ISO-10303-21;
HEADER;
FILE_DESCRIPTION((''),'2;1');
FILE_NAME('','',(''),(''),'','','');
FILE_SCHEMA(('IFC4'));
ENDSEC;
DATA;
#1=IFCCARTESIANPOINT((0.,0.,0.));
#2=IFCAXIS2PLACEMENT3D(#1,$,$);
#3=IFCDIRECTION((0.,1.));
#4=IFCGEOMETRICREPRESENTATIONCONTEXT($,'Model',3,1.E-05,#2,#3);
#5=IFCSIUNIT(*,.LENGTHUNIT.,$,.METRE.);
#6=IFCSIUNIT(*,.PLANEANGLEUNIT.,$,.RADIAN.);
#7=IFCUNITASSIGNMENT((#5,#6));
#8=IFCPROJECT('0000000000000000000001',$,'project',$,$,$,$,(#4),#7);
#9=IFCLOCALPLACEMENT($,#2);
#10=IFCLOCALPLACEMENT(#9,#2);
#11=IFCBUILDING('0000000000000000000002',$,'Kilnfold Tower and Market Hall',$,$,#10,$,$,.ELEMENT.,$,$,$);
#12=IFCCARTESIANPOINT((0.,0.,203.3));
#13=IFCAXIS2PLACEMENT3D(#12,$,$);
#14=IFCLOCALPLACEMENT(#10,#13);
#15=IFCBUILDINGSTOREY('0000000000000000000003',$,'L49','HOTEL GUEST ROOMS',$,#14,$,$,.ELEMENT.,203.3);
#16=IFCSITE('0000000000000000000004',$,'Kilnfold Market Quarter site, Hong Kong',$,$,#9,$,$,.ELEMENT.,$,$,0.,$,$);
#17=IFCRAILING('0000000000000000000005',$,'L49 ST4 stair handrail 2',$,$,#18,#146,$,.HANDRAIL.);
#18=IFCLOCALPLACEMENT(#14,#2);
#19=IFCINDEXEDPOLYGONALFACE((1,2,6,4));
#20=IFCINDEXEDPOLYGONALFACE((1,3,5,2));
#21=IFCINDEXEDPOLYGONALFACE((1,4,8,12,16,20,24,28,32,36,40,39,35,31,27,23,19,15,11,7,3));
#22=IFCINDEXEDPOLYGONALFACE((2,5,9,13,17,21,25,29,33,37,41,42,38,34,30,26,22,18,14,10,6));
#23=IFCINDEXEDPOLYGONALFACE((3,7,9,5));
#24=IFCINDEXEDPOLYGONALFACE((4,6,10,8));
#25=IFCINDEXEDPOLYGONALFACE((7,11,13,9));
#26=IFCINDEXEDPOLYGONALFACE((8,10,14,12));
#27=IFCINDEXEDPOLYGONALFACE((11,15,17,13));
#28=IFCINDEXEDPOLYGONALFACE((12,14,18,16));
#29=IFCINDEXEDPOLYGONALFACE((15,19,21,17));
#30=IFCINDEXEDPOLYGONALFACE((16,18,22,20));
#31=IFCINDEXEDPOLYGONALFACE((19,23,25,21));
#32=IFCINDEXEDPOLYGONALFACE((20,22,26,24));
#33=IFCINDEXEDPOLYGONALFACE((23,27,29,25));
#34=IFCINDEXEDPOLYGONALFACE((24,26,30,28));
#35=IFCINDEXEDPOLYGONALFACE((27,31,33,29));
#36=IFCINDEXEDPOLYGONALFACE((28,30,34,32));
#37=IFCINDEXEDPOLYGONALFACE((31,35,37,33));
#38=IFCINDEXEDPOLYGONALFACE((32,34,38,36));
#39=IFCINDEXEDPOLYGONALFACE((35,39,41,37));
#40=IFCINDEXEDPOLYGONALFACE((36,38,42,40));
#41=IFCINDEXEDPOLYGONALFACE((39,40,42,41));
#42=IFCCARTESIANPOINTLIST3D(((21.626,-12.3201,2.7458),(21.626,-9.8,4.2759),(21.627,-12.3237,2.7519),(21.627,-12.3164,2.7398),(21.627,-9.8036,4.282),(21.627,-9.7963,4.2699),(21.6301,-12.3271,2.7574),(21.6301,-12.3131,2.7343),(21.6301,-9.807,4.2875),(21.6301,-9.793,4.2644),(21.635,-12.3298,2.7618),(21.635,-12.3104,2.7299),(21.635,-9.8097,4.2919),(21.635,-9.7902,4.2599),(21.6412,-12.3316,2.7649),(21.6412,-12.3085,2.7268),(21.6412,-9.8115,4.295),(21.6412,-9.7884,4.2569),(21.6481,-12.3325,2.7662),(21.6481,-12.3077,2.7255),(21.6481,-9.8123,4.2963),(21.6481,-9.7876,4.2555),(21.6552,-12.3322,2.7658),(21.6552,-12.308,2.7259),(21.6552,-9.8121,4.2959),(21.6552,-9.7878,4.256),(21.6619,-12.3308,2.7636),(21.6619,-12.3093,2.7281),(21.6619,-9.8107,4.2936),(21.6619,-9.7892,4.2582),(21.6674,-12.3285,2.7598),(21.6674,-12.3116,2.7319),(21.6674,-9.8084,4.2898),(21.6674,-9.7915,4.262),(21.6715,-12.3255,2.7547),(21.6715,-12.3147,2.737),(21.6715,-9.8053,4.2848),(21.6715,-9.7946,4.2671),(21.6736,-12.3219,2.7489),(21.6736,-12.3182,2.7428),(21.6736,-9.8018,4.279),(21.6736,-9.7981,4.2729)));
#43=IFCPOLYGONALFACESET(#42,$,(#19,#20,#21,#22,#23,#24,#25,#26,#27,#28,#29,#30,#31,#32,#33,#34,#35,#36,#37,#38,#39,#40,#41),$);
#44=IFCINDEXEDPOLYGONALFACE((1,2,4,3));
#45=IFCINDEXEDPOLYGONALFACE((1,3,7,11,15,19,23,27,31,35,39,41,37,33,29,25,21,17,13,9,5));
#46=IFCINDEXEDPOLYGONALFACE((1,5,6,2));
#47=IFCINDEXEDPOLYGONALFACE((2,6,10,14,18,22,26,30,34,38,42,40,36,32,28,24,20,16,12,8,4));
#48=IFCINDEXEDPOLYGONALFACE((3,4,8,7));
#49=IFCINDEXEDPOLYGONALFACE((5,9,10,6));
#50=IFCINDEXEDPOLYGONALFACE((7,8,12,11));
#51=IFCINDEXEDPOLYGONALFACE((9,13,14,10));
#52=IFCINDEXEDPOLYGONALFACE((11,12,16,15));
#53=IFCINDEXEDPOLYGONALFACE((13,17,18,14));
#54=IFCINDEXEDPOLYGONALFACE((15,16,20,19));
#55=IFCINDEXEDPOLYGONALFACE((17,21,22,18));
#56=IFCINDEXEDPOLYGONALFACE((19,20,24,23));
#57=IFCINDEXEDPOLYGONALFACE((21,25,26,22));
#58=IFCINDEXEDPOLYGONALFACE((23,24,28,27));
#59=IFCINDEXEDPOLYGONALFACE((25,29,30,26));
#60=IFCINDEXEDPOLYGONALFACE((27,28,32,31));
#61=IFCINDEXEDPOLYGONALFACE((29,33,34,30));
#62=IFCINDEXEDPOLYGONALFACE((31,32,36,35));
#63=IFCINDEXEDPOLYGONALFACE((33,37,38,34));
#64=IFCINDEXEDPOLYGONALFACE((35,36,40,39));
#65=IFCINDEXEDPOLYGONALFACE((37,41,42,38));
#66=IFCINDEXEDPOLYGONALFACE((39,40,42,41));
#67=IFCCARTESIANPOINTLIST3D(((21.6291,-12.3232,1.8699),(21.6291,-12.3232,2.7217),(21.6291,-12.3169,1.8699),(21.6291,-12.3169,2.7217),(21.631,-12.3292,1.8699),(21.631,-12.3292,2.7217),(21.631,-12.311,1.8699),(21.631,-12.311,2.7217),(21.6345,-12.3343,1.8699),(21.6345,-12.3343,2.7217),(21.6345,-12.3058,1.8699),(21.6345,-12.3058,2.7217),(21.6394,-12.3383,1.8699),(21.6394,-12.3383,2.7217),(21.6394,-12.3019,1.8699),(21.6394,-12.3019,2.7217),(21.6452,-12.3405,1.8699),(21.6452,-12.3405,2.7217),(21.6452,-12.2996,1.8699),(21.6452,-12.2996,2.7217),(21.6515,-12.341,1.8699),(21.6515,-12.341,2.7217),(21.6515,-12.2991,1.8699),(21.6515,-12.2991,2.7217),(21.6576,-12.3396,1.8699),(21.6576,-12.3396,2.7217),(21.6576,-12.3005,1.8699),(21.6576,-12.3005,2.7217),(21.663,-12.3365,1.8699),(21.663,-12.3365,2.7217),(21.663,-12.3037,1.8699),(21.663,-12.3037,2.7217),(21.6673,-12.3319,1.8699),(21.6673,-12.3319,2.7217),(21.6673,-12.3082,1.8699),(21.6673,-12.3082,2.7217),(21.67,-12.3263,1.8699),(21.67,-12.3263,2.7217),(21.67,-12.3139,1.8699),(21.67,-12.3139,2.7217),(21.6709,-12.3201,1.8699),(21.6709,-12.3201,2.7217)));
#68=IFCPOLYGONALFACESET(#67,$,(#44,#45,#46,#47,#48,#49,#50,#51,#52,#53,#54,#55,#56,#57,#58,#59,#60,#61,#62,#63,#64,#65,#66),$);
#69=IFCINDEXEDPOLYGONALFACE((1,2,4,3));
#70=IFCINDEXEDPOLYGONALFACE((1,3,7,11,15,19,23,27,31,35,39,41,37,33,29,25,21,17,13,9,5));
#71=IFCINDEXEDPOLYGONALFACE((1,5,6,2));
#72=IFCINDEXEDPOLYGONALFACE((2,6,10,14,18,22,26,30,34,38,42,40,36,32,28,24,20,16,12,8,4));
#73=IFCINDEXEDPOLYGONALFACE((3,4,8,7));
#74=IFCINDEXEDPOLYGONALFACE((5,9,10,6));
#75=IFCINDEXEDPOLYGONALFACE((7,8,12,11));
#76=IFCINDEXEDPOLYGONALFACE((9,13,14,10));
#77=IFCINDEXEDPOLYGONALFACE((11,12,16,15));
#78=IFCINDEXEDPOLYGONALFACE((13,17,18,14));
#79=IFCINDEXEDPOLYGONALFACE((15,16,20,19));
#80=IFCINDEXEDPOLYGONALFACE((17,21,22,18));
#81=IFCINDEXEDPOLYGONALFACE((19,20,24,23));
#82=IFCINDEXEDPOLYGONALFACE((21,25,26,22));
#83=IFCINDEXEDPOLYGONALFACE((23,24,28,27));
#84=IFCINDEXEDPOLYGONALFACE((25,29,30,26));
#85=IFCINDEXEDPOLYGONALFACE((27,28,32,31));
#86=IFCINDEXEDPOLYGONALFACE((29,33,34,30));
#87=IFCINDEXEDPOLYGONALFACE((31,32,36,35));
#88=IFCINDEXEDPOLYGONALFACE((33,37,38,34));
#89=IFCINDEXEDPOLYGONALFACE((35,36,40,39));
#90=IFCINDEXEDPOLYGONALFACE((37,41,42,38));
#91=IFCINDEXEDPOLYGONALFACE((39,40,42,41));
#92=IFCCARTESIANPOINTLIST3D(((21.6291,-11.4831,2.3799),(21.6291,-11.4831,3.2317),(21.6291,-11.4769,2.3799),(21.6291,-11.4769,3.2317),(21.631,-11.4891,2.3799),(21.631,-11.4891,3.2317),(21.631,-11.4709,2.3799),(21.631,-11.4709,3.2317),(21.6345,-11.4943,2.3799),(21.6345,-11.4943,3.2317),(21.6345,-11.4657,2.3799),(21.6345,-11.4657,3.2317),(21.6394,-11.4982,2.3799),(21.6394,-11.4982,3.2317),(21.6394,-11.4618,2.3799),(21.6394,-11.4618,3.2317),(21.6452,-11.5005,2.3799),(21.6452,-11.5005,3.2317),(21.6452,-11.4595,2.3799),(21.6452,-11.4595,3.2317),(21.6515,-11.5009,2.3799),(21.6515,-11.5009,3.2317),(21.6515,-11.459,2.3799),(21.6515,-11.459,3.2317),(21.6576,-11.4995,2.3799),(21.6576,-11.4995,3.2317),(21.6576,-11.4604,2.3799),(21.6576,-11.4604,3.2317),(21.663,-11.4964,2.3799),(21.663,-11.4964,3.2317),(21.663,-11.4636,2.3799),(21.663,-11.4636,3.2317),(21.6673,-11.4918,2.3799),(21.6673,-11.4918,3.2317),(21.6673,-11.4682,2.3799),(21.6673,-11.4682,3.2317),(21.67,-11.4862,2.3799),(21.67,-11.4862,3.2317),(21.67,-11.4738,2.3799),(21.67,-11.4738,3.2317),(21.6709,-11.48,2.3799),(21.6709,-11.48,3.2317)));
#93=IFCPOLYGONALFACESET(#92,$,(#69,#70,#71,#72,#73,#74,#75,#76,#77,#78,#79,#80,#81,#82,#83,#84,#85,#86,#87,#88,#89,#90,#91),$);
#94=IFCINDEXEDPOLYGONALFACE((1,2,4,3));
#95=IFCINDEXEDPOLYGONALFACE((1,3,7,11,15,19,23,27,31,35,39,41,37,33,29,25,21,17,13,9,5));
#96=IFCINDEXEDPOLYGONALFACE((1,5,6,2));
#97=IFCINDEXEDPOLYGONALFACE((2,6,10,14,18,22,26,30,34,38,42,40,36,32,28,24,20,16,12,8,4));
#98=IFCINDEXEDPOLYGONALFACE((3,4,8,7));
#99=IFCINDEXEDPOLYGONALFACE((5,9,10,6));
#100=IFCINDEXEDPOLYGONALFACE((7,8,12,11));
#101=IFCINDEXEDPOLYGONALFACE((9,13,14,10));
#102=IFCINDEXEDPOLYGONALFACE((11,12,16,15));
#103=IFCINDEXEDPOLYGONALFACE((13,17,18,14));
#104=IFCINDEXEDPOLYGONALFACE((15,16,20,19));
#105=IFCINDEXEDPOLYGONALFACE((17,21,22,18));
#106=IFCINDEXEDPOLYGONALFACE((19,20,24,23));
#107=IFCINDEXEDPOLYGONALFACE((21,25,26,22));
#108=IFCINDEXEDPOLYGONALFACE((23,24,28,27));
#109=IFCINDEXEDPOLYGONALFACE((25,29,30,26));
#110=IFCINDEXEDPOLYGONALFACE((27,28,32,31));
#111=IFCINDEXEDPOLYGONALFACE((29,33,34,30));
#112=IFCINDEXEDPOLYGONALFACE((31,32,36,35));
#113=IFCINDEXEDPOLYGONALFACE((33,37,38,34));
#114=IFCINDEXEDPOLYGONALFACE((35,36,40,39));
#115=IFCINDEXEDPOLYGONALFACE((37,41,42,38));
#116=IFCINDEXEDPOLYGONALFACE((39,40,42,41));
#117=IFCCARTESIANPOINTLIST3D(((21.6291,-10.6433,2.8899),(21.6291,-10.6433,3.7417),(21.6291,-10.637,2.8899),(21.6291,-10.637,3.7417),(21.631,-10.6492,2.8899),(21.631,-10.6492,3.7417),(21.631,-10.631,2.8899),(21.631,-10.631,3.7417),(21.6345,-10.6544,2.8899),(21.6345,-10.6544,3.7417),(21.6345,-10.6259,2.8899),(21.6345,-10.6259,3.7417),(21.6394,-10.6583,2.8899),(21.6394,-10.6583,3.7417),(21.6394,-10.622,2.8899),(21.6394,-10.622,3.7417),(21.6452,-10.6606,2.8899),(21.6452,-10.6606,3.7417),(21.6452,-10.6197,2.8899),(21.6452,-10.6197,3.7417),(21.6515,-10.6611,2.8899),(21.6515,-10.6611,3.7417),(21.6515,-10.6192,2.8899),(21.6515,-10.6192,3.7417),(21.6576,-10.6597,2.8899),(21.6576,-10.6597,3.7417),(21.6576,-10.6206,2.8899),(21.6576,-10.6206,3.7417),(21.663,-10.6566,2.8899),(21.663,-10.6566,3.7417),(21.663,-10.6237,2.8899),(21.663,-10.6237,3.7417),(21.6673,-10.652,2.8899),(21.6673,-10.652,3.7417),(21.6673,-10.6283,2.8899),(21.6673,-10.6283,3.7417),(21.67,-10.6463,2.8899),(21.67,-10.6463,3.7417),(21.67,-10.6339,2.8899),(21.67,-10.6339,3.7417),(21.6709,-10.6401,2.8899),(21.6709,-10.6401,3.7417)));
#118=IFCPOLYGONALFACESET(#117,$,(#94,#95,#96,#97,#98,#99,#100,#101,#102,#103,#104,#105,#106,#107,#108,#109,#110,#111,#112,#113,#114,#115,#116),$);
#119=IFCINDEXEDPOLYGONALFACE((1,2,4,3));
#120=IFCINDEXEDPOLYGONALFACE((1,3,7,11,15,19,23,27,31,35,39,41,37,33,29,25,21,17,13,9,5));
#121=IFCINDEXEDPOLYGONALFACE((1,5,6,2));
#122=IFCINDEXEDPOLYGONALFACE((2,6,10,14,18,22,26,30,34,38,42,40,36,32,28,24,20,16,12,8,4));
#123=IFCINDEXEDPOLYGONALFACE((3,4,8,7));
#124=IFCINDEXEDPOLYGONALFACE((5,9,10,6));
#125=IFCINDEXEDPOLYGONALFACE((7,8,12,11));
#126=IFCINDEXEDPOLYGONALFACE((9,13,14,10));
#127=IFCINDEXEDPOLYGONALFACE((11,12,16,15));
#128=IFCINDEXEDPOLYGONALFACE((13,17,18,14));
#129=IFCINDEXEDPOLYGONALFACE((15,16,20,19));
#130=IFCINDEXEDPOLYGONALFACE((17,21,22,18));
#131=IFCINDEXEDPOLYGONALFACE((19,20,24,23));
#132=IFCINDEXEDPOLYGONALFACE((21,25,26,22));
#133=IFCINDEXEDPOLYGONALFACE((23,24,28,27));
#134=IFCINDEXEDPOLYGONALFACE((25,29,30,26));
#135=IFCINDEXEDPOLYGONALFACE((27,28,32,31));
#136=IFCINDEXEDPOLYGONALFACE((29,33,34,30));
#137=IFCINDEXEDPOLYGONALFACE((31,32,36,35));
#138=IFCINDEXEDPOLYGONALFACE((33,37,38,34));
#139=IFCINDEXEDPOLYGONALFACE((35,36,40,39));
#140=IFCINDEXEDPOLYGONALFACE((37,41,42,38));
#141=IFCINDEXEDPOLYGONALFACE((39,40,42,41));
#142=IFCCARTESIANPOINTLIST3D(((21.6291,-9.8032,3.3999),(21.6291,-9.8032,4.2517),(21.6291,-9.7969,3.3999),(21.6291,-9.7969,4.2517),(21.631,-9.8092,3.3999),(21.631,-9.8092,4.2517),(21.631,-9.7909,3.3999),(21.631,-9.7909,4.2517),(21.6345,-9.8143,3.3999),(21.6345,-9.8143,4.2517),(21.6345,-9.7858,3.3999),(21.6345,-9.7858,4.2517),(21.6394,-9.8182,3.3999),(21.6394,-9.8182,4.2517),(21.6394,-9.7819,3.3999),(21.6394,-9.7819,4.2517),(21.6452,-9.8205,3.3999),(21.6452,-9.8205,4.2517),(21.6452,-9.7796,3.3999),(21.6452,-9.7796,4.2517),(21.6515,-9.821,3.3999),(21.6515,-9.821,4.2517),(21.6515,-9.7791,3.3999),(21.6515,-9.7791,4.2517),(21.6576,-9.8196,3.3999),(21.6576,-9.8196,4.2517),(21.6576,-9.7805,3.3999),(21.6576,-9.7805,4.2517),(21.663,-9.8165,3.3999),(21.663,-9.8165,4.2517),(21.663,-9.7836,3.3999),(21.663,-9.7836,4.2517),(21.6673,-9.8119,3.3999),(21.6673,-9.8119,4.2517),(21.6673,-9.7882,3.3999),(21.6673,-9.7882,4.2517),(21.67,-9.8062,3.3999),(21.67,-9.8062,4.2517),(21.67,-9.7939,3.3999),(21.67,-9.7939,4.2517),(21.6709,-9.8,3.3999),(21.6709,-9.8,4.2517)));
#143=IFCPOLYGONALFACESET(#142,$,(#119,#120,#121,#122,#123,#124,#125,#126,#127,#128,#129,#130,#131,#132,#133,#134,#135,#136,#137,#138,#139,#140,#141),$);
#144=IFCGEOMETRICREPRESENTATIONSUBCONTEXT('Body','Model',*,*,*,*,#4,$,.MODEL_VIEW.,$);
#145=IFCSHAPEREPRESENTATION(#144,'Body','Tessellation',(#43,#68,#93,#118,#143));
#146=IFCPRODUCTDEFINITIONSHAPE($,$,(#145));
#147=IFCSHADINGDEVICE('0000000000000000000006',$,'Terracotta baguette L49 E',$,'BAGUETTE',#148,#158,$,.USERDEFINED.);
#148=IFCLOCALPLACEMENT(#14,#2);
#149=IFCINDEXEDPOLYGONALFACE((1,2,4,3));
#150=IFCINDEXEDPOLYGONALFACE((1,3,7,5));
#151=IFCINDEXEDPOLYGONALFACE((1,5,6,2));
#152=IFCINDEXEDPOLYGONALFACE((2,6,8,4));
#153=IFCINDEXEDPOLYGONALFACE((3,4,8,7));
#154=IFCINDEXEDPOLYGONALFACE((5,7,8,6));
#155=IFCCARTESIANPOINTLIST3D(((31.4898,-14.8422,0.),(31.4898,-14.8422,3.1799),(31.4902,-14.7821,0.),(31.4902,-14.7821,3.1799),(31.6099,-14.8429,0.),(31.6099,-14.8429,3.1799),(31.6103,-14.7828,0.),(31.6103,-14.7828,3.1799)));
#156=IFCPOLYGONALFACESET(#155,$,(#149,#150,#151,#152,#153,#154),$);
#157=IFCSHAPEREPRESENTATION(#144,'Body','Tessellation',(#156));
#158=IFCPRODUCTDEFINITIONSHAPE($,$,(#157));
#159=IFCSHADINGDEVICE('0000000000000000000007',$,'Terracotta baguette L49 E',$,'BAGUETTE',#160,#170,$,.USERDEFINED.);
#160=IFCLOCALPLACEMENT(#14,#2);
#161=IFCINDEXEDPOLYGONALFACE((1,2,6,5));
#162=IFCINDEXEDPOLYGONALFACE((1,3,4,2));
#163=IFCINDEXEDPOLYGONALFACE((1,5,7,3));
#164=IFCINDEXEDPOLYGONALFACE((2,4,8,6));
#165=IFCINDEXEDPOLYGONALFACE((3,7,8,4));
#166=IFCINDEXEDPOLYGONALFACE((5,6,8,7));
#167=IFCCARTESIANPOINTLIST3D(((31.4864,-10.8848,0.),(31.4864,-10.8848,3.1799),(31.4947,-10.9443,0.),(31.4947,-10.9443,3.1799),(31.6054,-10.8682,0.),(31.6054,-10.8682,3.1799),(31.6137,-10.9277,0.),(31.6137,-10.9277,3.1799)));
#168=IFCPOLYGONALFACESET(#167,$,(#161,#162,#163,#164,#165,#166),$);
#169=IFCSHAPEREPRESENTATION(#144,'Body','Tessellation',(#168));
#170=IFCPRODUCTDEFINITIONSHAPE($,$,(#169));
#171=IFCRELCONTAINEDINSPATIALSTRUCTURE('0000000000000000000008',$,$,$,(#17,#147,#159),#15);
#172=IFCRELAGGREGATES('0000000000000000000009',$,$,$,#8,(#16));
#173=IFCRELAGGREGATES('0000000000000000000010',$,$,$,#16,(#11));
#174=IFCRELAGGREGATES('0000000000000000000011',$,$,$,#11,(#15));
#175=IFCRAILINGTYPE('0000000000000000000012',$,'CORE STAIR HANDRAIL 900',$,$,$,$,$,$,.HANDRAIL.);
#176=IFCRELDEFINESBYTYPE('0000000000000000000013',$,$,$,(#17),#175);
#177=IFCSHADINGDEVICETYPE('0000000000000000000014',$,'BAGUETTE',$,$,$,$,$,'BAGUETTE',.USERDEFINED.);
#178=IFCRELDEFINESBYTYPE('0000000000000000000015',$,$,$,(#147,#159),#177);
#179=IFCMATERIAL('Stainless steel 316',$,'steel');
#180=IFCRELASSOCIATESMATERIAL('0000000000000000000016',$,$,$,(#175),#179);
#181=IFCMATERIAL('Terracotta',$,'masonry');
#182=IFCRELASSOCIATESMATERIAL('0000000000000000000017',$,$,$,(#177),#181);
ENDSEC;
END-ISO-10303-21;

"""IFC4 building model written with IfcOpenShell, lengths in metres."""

from ifc_helpers import new_model, si_unit, direction, frame, origin, origin_2d, place, context, subcontext, project, spatial, rectangle, circle, extrude, source, transform, mapped, material, material_profile, profile_set, type_object, element, save


model = new_model("IFC4")

# Units and contexts
model_context = context("Model", 3, precision=1e-05, world=origin(), true_north=direction((0.0, 1.0)))
body_context = subcontext(model_context, "Body", "Model", "MODEL_VIEW")
ifc_project = project(units=[si_unit("LENGTHUNIT", "METRE"), si_unit("PLANEANGLEUNIT", "RADIAN")], contexts=[model_context])

# Site, building, storey
site_placement = place(None, origin())
site = spatial("IfcSite", under=ifc_project, at=site_placement, Name="Kilnfold Market Quarter site, Hong Kong", CompositionType="ELEMENT", RefElevation=0.0)
building_placement = place(site_placement, origin())
building = spatial("IfcBuilding", under=site, at=building_placement, Name="Kilnfold Tower and Market Hall", CompositionType="ELEMENT")
storey_placement = place(building_placement, frame((0.0, 0.0, 203.3)))
storey = spatial("IfcBuildingStorey", under=building, at=storey_placement, Name="L49", Description="HOTEL GUEST ROOMS", CompositionType="ELEMENT", Elevation=203.3)

# Railing
ifc_material_1 = material(Name="Stainless steel 316", Category="steel")
railing_type = type_object("IfcRailingType", Name="CORE STAIR HANDRAIL 900", PredefinedType="HANDRAIL", material=ifc_material_1)
railing_placement = place(storey_placement, frame((21.6499, -12.3201, 1.8699)))
element("IfcRailing", 1, at=railing_placement, inside=storey, type_object=railing_type, Name="L49 ST4 stair handrail 2", PredefinedType="HANDRAIL", context=body_context, shape_type="SweptSolid", body=[
    extrude(circle(Radius=0.0239, at=origin_2d()), frame((0.0, 0.0, 0.876), z_axis=(0.0, 0.854785, 0.518982), x_axis=(-1.0, 0.0, 0.0)), (0.0, 0.0, 1.0), 2.9482),
    extrude(circle(Radius=0.021, at=origin_2d()), origin(), (0.0, 0.0, 1.0), 0.8518),
    extrude(circle(Radius=0.021, at=origin_2d()), frame((0.0, 0.8401, 0.51)), (0.0, 0.0, 1.0), 0.8518),
    extrude(circle(Radius=0.021, at=origin_2d()), frame((0.0, 1.6799, 1.02)), (0.0, 0.0, 1.0), 0.8518),
    extrude(circle(Radius=0.021, at=origin_2d()), frame((0.0, 2.52, 1.53)), (0.0, 0.0, 1.0), 0.8518),
])

# Shading devices
ifc_material_2 = material(Name="Terracotta", Category="masonry")
ifc_material_profile_1 = material_profile(ifc_material_2, rectangle(XDim=0.0601, YDim=0.1201, at=origin_2d()), Name="BAG 60x120")
ifc_profile_set_1 = profile_set([ifc_material_profile_1], Name="Terracotta")
shading_device_type = type_object("IfcShadingDeviceType", Name="BAGUETTE", ElementType="BAGUETTE", PredefinedType="USERDEFINED", material=ifc_profile_set_1)
shared_shape_1 = source(origin(), body_context, "Body", "SweptSolid", [
    extrude(rectangle(XDim=0.0601, YDim=0.1201, at=origin_2d()), origin(), (0.0, 0.0, 1.0), 3.1799),
])
for number, where, z_axis, x_axis, name in (
    (2, (31.55, -14.8125, 0.0), (0.0, 0.0, 1.0), (0.005685, 0.999984, 0.0), "Terracotta baguette L49 E"),
    (3, (31.55, -10.9062, 0.0), (0.0, 0.0, 1.0), (-0.137789, 0.990462, 0.0), "Terracotta baguette L49 E"),
):
    element("IfcShadingDevice", number, at=place(storey_placement, frame(where, z_axis=z_axis, x_axis=x_axis)), inside=storey, type_object=shading_device_type, Name=name, ObjectType="BAGUETTE", PredefinedType="USERDEFINED", context=body_context, shape_type="MappedRepresentation", body=[
        mapped(shared_shape_1, transform((0.0, 0.0, 0.0))),
    ])

save(model, "model.ifc")
